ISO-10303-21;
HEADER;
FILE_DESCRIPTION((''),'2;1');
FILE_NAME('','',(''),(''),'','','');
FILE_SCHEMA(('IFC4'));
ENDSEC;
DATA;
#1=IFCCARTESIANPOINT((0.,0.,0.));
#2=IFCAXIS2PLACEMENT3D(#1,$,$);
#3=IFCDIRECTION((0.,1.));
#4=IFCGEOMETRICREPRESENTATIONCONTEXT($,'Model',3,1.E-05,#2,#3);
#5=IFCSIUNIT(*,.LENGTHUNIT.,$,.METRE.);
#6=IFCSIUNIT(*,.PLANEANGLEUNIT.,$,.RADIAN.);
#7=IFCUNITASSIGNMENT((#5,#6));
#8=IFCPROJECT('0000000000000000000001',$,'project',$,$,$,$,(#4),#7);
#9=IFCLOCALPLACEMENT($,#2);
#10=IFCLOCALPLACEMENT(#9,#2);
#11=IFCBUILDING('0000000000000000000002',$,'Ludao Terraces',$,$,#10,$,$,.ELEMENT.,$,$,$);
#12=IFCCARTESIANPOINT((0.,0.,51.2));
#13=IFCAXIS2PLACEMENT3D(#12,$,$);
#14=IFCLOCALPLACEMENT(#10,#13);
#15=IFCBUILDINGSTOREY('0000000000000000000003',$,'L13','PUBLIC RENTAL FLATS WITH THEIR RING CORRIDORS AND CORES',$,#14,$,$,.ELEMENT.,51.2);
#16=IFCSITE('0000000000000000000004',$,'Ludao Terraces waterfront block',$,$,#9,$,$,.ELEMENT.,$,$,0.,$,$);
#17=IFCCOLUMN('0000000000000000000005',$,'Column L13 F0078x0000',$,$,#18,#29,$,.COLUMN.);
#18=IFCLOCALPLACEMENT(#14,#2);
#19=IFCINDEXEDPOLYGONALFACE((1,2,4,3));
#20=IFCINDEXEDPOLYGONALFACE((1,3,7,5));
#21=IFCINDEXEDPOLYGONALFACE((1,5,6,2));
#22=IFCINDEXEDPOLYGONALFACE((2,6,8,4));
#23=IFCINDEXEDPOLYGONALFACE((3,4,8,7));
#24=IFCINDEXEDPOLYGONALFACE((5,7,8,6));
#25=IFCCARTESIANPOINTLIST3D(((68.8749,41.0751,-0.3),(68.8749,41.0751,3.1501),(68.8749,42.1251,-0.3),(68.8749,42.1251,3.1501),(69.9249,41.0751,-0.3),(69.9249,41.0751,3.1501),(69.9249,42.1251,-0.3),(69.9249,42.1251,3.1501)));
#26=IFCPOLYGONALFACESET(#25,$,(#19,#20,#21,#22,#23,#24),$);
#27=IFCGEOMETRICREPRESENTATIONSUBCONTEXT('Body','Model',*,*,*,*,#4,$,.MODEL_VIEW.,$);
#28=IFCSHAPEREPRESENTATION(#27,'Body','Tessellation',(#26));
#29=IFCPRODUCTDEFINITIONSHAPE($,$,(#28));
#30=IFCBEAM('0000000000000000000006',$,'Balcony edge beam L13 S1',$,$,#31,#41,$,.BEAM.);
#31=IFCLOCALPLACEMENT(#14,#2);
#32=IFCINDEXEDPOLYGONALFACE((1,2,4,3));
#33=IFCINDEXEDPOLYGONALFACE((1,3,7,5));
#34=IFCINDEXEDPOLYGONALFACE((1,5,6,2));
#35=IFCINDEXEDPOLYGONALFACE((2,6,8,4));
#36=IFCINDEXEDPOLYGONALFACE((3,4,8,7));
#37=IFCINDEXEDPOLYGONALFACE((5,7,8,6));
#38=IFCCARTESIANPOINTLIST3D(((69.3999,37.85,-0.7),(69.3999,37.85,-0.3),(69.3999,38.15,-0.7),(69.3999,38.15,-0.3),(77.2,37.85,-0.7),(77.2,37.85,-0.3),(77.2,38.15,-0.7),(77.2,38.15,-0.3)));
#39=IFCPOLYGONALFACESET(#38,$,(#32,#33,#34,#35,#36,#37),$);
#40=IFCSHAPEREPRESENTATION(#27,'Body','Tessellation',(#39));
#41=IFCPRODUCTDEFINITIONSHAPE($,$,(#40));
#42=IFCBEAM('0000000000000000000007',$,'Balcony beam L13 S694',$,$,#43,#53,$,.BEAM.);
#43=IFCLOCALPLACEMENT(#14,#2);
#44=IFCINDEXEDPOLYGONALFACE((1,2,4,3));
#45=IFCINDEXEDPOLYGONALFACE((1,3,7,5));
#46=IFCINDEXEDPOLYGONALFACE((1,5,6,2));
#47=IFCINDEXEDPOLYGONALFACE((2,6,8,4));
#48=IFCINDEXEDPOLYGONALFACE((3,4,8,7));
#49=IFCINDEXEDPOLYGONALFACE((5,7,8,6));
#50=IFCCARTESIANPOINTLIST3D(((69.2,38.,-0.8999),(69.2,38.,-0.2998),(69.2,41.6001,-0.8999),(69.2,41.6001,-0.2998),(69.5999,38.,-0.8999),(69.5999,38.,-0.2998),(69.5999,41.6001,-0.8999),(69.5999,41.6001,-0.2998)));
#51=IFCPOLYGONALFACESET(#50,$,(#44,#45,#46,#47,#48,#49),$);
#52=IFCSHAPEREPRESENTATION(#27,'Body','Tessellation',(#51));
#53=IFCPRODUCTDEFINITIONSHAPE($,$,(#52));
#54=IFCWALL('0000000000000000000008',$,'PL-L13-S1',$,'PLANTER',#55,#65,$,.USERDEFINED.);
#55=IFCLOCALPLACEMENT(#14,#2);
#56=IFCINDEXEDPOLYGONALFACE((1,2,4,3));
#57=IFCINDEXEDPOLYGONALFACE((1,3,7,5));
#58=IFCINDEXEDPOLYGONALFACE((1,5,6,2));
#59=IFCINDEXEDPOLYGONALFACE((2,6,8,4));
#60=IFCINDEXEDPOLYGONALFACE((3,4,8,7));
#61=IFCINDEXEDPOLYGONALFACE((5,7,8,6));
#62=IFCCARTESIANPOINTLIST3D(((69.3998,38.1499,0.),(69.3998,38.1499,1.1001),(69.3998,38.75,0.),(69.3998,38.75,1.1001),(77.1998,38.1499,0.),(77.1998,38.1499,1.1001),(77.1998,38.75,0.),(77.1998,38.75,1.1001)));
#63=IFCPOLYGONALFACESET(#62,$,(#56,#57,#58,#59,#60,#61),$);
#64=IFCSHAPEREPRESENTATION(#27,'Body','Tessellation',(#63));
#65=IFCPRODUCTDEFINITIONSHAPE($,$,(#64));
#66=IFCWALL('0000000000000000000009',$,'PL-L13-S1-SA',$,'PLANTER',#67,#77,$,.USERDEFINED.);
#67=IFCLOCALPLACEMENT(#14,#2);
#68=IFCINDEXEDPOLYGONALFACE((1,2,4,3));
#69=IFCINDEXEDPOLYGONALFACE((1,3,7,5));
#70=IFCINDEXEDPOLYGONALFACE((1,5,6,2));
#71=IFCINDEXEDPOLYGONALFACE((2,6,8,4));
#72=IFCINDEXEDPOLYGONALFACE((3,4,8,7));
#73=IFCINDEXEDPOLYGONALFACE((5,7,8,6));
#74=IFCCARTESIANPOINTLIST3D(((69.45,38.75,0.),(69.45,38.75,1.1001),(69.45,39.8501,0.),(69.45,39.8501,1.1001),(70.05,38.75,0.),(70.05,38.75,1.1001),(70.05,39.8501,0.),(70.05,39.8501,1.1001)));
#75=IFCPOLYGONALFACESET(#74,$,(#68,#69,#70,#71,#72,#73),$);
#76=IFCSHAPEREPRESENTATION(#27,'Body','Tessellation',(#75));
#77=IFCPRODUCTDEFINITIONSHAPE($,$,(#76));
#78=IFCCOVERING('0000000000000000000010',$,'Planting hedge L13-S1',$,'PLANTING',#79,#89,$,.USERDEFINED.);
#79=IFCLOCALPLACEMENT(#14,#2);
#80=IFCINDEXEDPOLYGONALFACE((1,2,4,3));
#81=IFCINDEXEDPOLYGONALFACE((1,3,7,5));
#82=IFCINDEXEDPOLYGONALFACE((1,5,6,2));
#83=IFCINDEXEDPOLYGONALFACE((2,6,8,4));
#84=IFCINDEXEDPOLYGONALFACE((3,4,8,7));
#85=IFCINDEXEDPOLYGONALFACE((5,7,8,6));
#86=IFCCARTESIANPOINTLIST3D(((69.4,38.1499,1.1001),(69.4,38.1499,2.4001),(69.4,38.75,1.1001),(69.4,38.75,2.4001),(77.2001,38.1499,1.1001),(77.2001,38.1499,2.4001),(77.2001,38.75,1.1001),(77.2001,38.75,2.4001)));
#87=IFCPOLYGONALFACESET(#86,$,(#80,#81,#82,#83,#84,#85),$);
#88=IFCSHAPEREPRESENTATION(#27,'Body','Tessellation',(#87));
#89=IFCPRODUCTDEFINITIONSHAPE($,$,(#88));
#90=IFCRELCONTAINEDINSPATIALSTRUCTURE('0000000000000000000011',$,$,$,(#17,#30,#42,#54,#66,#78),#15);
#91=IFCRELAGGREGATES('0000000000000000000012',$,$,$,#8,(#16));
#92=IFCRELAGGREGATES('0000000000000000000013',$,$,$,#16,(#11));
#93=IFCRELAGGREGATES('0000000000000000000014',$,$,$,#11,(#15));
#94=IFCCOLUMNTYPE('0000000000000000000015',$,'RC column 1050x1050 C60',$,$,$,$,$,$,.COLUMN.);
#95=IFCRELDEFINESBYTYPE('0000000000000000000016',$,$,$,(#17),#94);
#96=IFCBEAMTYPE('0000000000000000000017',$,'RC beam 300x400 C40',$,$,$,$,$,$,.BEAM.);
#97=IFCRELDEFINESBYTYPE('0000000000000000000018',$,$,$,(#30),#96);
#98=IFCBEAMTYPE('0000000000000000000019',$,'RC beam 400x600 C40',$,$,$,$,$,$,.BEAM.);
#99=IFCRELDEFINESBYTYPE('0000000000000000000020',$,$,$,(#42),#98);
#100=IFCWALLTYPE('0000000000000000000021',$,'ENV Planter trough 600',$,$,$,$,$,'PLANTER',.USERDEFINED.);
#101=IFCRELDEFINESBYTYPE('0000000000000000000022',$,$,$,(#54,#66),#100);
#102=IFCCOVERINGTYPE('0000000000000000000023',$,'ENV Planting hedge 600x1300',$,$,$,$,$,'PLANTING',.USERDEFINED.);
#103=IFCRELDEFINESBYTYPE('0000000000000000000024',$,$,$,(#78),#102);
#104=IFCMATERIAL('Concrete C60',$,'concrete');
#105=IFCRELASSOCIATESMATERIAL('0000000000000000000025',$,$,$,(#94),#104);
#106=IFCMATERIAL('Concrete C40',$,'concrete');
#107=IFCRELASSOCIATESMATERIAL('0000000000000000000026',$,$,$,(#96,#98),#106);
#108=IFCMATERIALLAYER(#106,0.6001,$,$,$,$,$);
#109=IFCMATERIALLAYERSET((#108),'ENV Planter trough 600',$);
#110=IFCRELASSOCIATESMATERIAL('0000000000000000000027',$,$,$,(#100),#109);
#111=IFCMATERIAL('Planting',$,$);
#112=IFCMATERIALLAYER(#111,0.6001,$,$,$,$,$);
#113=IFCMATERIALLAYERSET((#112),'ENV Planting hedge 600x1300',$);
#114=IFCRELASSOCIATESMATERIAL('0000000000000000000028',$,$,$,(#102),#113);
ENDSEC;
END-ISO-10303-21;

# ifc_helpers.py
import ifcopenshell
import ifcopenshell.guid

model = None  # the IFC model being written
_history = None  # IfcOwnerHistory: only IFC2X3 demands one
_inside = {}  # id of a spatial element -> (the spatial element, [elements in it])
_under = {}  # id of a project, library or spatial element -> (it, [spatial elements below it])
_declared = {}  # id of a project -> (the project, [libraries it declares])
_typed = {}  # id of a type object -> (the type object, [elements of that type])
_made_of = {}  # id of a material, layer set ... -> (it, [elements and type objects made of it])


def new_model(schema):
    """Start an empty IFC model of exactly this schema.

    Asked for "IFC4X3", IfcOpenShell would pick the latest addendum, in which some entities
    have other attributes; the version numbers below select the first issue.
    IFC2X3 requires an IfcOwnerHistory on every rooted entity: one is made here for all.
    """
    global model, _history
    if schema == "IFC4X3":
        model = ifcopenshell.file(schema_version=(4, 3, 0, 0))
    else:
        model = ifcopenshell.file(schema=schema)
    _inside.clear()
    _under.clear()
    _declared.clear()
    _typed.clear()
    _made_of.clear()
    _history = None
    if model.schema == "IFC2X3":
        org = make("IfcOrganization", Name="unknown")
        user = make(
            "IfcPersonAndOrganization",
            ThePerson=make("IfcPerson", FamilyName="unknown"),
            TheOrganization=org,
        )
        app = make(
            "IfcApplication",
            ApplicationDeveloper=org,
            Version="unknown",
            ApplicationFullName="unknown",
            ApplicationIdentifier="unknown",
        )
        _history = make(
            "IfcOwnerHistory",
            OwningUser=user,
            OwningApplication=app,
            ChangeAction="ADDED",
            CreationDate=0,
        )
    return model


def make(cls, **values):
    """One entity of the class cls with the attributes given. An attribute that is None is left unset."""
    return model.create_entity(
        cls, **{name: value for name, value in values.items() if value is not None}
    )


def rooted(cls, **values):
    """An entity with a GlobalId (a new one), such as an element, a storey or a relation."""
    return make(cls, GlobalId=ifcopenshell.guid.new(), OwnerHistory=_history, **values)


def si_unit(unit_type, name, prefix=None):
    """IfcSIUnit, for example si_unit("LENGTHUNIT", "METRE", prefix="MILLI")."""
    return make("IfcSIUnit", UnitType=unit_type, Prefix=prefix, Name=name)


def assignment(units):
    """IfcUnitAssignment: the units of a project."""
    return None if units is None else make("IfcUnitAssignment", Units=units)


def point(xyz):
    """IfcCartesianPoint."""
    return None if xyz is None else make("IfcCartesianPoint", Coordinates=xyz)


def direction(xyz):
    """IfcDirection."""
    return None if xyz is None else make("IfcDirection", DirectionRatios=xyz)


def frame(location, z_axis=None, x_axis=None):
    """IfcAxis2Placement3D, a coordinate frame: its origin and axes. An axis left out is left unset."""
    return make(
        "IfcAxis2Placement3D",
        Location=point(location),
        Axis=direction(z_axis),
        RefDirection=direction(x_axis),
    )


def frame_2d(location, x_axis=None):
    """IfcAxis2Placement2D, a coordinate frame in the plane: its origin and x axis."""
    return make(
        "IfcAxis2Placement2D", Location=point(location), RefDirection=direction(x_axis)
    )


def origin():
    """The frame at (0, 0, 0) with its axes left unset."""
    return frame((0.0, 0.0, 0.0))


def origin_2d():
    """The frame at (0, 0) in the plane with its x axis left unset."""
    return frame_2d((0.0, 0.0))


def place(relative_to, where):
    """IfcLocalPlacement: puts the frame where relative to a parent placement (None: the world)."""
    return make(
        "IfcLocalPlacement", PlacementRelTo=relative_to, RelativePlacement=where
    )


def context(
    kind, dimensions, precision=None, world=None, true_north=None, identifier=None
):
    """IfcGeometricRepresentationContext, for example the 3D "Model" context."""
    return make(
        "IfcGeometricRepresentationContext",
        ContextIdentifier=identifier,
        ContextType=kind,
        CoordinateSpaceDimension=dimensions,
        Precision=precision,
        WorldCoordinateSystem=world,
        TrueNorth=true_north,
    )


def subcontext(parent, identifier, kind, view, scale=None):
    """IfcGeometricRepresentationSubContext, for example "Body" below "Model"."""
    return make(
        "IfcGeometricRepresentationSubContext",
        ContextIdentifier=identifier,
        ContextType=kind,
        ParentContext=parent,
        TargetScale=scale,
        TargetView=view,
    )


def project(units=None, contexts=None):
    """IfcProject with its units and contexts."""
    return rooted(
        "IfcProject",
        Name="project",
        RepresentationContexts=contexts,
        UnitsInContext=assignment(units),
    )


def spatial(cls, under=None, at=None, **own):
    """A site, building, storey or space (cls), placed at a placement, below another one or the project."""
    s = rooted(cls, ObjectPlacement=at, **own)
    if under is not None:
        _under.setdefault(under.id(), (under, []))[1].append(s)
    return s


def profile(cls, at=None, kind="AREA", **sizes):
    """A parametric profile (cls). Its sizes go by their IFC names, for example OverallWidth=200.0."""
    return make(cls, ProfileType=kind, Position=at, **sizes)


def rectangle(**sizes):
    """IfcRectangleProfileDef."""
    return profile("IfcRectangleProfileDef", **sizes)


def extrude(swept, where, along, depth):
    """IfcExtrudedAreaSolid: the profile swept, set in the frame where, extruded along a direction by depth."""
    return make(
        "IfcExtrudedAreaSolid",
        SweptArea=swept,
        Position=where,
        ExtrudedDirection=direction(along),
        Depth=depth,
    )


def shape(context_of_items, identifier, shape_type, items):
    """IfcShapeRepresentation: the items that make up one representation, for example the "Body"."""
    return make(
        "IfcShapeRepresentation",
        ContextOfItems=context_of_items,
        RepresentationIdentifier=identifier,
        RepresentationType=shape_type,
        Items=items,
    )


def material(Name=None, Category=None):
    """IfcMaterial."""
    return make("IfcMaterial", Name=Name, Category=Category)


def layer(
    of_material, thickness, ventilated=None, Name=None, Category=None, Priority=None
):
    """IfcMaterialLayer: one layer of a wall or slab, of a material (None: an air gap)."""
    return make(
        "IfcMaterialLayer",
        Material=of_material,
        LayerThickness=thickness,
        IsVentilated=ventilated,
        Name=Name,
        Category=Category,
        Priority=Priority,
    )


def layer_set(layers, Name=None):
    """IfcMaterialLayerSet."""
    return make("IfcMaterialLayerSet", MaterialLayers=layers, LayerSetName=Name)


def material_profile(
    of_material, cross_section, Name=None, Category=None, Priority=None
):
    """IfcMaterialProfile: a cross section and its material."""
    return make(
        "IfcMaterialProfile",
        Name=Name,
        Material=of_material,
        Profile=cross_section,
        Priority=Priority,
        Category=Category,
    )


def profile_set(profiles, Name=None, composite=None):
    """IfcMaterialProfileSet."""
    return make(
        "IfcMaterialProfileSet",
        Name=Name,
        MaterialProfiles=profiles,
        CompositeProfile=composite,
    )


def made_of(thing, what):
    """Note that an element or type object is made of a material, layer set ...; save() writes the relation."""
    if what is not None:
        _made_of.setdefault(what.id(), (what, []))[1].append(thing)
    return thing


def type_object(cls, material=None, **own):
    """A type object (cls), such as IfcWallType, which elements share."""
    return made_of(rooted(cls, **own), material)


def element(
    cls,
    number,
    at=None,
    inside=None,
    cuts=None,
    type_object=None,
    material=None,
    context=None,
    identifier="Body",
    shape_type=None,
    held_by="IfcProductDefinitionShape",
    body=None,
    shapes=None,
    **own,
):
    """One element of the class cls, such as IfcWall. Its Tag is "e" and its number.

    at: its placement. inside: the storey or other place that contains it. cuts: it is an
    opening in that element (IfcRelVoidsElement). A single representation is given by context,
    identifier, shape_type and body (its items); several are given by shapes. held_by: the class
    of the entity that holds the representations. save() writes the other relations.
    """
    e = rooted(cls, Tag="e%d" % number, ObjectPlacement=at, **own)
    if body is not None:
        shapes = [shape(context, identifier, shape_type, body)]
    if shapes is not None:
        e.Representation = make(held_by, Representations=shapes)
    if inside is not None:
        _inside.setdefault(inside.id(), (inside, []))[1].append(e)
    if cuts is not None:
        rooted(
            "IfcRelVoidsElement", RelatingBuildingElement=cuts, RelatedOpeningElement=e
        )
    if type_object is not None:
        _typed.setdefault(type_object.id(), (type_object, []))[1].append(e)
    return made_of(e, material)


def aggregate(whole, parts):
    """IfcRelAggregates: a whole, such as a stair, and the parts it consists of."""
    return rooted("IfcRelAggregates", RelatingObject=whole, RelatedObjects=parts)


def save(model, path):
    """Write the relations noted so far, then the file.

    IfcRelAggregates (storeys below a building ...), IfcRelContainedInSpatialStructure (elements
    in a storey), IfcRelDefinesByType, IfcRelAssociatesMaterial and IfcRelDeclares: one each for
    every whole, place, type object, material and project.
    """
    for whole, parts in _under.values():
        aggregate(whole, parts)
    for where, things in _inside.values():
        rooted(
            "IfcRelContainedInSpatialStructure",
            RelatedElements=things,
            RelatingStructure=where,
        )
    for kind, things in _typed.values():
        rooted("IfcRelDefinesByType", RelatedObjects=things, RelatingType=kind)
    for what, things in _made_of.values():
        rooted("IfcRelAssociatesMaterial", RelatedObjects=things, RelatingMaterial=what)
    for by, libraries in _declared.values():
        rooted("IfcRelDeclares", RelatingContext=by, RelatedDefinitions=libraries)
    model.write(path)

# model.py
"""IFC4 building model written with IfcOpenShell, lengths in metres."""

from ifc_helpers import new_model, si_unit, direction, frame, frame_2d, origin, origin_2d, place, context, subcontext, project, spatial, rectangle, extrude, material, layer, layer_set, material_profile, profile_set, type_object, element, save


model = new_model("IFC4")

# Units and contexts
model_context = context("Model", 3, precision=1e-05, world=origin(), true_north=direction((0.0, 1.0)))
body_context = subcontext(model_context, "Body", "Model", "MODEL_VIEW")
ifc_project = project(units=[si_unit("LENGTHUNIT", "METRE"), si_unit("PLANEANGLEUNIT", "RADIAN")], contexts=[model_context])

# Site, building, storey
site_placement = place(None, origin())
site = spatial("IfcSite", under=ifc_project, at=site_placement, Name="Ludao Terraces waterfront block", CompositionType="ELEMENT", RefElevation=0.0)
building_placement = place(site_placement, origin())
building = spatial("IfcBuilding", under=site, at=building_placement, Name="Ludao Terraces", CompositionType="ELEMENT")
storey_placement = place(building_placement, frame((0.0, 0.0, 51.2)))
storey = spatial("IfcBuildingStorey", under=building, at=storey_placement, Name="L13", Description="PUBLIC RENTAL FLATS WITH THEIR RING CORRIDORS AND CORES", CompositionType="ELEMENT", Elevation=51.2)

# Column
ifc_material_1 = material(Name="Concrete C60", Category="concrete")
ifc_material_profile_1 = material_profile(ifc_material_1, rectangle(XDim=1.05, YDim=1.05, at=origin_2d()), Name="1050 X 1050")
ifc_profile_set_1 = profile_set([ifc_material_profile_1], Name="Concrete C60")
column_type = type_object("IfcColumnType", Name="RC column 1050x1050 C60", PredefinedType="COLUMN", material=ifc_profile_set_1)
column_placement = place(storey_placement, frame((69.3999, 41.6001, -0.3), z_axis=(0.0, 0.0, 1.0), x_axis=(1.0, 0.0, 0.0)))
element("IfcColumn", 1, at=column_placement, inside=storey, type_object=column_type, Name="Column L13 F0078x0000", PredefinedType="COLUMN", context=body_context, shape_type="SweptSolid", body=[
    extrude(rectangle(XDim=1.05, YDim=1.05, at=origin_2d()), origin(), (0.0, 0.0, 1.0), 3.4502),
])

# Beams
ifc_material_2 = material(Name="Concrete C40", Category="concrete")
ifc_material_profile_2 = material_profile(ifc_material_2, rectangle(XDim=0.3, YDim=0.3999, at=origin_2d()), Name="300 X 400")
ifc_profile_set_2 = profile_set([ifc_material_profile_2], Name="Concrete C40")
beam_type_1 = type_object("IfcBeamType", Name="RC beam 300x400 C40", PredefinedType="BEAM", material=ifc_profile_set_2)
beam_1_placement = place(storey_placement, frame((69.3999, 38.0, -0.5), z_axis=(1.0, 0.0, 0.0), x_axis=(0.0, 1.0, 0.0)))
element("IfcBeam", 2, at=beam_1_placement, inside=storey, type_object=beam_type_1, Name="Balcony edge beam L13 S1", PredefinedType="BEAM", context=body_context, shape_type="SweptSolid", body=[
    extrude(rectangle(XDim=0.3, YDim=0.3999, at=origin_2d()), origin(), (0.0, 0.0, 1.0), 7.8),
])
ifc_material_profile_3 = material_profile(ifc_material_2, rectangle(XDim=0.3999, YDim=0.6001, at=origin_2d()), Name="400 X 600")
ifc_profile_set_3 = profile_set([ifc_material_profile_3], Name="Concrete C40")
beam_type_2 = type_object("IfcBeamType", Name="RC beam 400x600 C40", PredefinedType="BEAM", material=ifc_profile_set_3)
beam_2_placement = place(storey_placement, frame((69.3999, 41.6001, -0.5999), z_axis=(0.0, -1.0, 0.0), x_axis=(1.0, 0.0, 0.0)))
element("IfcBeam", 3, at=beam_2_placement, inside=storey, type_object=beam_type_2, Name="Balcony beam L13 S694", PredefinedType="BEAM", context=body_context, shape_type="SweptSolid", body=[
    extrude(rectangle(XDim=0.3999, YDim=0.6001, at=origin_2d()), origin(), (0.0, 0.0, 1.0), 3.6001),
])

# Walls
ifc_layer_1 = layer(ifc_material_2, 0.6001)
ifc_layer_set_1 = layer_set([ifc_layer_1], Name="ENV Planter trough 600")
wall_type = type_object("IfcWallType", Name="ENV Planter trough 600", ElementType="PLANTER", PredefinedType="USERDEFINED", material=ifc_layer_set_1)
wall_1_placement = place(storey_placement, frame((69.3999, 38.45, 0.0), z_axis=(0.0, 0.0, 1.0), x_axis=(1.0, 0.0, 0.0)))
element("IfcWall", 4, at=wall_1_placement, inside=storey, type_object=wall_type, Name="PL-L13-S1", ObjectType="PLANTER", PredefinedType="USERDEFINED", context=body_context, shape_type="SweptSolid", body=[
    extrude(rectangle(XDim=7.8, YDim=0.6001, at=frame_2d((3.8999, 0.0))), origin(), (0.0, 0.0, 1.0), 1.1001),
])
wall_2_placement = place(storey_placement, frame((69.75, 38.75, 0.0), z_axis=(0.0, 0.0, 1.0), x_axis=(0.0, 1.0, 0.0)))
element("IfcWall", 5, at=wall_2_placement, inside=storey, type_object=wall_type, Name="PL-L13-S1-SA", ObjectType="PLANTER", PredefinedType="USERDEFINED", context=body_context, shape_type="SweptSolid", body=[
    extrude(rectangle(XDim=1.1001, YDim=0.6001, at=frame_2d((0.55, 0.0))), origin(), (0.0, 0.0, 1.0), 1.1001),
])

# Covering
ifc_material_3 = material(Name="Planting")
ifc_layer_2 = layer(ifc_material_3, 0.6001)
ifc_layer_set_2 = layer_set([ifc_layer_2], Name="ENV Planting hedge 600x1300")
covering_type = type_object("IfcCoveringType", Name="ENV Planting hedge 600x1300", ElementType="PLANTING", PredefinedType="USERDEFINED", material=ifc_layer_set_2)
covering_placement = place(storey_placement, frame((73.3, 38.45, 1.1001), z_axis=(0.0, 0.0, 1.0), x_axis=(1.0, 0.0, 0.0)))
element("IfcCovering", 6, at=covering_placement, inside=storey, type_object=covering_type, Name="Planting hedge L13-S1", ObjectType="PLANTING", PredefinedType="USERDEFINED", context=body_context, shape_type="SweptSolid", body=[
    extrude(rectangle(XDim=7.8, YDim=0.6001, at=origin_2d()), origin(), (0.0, 0.0, 1.0), 1.3),
])

save(model, "model.ifc")
